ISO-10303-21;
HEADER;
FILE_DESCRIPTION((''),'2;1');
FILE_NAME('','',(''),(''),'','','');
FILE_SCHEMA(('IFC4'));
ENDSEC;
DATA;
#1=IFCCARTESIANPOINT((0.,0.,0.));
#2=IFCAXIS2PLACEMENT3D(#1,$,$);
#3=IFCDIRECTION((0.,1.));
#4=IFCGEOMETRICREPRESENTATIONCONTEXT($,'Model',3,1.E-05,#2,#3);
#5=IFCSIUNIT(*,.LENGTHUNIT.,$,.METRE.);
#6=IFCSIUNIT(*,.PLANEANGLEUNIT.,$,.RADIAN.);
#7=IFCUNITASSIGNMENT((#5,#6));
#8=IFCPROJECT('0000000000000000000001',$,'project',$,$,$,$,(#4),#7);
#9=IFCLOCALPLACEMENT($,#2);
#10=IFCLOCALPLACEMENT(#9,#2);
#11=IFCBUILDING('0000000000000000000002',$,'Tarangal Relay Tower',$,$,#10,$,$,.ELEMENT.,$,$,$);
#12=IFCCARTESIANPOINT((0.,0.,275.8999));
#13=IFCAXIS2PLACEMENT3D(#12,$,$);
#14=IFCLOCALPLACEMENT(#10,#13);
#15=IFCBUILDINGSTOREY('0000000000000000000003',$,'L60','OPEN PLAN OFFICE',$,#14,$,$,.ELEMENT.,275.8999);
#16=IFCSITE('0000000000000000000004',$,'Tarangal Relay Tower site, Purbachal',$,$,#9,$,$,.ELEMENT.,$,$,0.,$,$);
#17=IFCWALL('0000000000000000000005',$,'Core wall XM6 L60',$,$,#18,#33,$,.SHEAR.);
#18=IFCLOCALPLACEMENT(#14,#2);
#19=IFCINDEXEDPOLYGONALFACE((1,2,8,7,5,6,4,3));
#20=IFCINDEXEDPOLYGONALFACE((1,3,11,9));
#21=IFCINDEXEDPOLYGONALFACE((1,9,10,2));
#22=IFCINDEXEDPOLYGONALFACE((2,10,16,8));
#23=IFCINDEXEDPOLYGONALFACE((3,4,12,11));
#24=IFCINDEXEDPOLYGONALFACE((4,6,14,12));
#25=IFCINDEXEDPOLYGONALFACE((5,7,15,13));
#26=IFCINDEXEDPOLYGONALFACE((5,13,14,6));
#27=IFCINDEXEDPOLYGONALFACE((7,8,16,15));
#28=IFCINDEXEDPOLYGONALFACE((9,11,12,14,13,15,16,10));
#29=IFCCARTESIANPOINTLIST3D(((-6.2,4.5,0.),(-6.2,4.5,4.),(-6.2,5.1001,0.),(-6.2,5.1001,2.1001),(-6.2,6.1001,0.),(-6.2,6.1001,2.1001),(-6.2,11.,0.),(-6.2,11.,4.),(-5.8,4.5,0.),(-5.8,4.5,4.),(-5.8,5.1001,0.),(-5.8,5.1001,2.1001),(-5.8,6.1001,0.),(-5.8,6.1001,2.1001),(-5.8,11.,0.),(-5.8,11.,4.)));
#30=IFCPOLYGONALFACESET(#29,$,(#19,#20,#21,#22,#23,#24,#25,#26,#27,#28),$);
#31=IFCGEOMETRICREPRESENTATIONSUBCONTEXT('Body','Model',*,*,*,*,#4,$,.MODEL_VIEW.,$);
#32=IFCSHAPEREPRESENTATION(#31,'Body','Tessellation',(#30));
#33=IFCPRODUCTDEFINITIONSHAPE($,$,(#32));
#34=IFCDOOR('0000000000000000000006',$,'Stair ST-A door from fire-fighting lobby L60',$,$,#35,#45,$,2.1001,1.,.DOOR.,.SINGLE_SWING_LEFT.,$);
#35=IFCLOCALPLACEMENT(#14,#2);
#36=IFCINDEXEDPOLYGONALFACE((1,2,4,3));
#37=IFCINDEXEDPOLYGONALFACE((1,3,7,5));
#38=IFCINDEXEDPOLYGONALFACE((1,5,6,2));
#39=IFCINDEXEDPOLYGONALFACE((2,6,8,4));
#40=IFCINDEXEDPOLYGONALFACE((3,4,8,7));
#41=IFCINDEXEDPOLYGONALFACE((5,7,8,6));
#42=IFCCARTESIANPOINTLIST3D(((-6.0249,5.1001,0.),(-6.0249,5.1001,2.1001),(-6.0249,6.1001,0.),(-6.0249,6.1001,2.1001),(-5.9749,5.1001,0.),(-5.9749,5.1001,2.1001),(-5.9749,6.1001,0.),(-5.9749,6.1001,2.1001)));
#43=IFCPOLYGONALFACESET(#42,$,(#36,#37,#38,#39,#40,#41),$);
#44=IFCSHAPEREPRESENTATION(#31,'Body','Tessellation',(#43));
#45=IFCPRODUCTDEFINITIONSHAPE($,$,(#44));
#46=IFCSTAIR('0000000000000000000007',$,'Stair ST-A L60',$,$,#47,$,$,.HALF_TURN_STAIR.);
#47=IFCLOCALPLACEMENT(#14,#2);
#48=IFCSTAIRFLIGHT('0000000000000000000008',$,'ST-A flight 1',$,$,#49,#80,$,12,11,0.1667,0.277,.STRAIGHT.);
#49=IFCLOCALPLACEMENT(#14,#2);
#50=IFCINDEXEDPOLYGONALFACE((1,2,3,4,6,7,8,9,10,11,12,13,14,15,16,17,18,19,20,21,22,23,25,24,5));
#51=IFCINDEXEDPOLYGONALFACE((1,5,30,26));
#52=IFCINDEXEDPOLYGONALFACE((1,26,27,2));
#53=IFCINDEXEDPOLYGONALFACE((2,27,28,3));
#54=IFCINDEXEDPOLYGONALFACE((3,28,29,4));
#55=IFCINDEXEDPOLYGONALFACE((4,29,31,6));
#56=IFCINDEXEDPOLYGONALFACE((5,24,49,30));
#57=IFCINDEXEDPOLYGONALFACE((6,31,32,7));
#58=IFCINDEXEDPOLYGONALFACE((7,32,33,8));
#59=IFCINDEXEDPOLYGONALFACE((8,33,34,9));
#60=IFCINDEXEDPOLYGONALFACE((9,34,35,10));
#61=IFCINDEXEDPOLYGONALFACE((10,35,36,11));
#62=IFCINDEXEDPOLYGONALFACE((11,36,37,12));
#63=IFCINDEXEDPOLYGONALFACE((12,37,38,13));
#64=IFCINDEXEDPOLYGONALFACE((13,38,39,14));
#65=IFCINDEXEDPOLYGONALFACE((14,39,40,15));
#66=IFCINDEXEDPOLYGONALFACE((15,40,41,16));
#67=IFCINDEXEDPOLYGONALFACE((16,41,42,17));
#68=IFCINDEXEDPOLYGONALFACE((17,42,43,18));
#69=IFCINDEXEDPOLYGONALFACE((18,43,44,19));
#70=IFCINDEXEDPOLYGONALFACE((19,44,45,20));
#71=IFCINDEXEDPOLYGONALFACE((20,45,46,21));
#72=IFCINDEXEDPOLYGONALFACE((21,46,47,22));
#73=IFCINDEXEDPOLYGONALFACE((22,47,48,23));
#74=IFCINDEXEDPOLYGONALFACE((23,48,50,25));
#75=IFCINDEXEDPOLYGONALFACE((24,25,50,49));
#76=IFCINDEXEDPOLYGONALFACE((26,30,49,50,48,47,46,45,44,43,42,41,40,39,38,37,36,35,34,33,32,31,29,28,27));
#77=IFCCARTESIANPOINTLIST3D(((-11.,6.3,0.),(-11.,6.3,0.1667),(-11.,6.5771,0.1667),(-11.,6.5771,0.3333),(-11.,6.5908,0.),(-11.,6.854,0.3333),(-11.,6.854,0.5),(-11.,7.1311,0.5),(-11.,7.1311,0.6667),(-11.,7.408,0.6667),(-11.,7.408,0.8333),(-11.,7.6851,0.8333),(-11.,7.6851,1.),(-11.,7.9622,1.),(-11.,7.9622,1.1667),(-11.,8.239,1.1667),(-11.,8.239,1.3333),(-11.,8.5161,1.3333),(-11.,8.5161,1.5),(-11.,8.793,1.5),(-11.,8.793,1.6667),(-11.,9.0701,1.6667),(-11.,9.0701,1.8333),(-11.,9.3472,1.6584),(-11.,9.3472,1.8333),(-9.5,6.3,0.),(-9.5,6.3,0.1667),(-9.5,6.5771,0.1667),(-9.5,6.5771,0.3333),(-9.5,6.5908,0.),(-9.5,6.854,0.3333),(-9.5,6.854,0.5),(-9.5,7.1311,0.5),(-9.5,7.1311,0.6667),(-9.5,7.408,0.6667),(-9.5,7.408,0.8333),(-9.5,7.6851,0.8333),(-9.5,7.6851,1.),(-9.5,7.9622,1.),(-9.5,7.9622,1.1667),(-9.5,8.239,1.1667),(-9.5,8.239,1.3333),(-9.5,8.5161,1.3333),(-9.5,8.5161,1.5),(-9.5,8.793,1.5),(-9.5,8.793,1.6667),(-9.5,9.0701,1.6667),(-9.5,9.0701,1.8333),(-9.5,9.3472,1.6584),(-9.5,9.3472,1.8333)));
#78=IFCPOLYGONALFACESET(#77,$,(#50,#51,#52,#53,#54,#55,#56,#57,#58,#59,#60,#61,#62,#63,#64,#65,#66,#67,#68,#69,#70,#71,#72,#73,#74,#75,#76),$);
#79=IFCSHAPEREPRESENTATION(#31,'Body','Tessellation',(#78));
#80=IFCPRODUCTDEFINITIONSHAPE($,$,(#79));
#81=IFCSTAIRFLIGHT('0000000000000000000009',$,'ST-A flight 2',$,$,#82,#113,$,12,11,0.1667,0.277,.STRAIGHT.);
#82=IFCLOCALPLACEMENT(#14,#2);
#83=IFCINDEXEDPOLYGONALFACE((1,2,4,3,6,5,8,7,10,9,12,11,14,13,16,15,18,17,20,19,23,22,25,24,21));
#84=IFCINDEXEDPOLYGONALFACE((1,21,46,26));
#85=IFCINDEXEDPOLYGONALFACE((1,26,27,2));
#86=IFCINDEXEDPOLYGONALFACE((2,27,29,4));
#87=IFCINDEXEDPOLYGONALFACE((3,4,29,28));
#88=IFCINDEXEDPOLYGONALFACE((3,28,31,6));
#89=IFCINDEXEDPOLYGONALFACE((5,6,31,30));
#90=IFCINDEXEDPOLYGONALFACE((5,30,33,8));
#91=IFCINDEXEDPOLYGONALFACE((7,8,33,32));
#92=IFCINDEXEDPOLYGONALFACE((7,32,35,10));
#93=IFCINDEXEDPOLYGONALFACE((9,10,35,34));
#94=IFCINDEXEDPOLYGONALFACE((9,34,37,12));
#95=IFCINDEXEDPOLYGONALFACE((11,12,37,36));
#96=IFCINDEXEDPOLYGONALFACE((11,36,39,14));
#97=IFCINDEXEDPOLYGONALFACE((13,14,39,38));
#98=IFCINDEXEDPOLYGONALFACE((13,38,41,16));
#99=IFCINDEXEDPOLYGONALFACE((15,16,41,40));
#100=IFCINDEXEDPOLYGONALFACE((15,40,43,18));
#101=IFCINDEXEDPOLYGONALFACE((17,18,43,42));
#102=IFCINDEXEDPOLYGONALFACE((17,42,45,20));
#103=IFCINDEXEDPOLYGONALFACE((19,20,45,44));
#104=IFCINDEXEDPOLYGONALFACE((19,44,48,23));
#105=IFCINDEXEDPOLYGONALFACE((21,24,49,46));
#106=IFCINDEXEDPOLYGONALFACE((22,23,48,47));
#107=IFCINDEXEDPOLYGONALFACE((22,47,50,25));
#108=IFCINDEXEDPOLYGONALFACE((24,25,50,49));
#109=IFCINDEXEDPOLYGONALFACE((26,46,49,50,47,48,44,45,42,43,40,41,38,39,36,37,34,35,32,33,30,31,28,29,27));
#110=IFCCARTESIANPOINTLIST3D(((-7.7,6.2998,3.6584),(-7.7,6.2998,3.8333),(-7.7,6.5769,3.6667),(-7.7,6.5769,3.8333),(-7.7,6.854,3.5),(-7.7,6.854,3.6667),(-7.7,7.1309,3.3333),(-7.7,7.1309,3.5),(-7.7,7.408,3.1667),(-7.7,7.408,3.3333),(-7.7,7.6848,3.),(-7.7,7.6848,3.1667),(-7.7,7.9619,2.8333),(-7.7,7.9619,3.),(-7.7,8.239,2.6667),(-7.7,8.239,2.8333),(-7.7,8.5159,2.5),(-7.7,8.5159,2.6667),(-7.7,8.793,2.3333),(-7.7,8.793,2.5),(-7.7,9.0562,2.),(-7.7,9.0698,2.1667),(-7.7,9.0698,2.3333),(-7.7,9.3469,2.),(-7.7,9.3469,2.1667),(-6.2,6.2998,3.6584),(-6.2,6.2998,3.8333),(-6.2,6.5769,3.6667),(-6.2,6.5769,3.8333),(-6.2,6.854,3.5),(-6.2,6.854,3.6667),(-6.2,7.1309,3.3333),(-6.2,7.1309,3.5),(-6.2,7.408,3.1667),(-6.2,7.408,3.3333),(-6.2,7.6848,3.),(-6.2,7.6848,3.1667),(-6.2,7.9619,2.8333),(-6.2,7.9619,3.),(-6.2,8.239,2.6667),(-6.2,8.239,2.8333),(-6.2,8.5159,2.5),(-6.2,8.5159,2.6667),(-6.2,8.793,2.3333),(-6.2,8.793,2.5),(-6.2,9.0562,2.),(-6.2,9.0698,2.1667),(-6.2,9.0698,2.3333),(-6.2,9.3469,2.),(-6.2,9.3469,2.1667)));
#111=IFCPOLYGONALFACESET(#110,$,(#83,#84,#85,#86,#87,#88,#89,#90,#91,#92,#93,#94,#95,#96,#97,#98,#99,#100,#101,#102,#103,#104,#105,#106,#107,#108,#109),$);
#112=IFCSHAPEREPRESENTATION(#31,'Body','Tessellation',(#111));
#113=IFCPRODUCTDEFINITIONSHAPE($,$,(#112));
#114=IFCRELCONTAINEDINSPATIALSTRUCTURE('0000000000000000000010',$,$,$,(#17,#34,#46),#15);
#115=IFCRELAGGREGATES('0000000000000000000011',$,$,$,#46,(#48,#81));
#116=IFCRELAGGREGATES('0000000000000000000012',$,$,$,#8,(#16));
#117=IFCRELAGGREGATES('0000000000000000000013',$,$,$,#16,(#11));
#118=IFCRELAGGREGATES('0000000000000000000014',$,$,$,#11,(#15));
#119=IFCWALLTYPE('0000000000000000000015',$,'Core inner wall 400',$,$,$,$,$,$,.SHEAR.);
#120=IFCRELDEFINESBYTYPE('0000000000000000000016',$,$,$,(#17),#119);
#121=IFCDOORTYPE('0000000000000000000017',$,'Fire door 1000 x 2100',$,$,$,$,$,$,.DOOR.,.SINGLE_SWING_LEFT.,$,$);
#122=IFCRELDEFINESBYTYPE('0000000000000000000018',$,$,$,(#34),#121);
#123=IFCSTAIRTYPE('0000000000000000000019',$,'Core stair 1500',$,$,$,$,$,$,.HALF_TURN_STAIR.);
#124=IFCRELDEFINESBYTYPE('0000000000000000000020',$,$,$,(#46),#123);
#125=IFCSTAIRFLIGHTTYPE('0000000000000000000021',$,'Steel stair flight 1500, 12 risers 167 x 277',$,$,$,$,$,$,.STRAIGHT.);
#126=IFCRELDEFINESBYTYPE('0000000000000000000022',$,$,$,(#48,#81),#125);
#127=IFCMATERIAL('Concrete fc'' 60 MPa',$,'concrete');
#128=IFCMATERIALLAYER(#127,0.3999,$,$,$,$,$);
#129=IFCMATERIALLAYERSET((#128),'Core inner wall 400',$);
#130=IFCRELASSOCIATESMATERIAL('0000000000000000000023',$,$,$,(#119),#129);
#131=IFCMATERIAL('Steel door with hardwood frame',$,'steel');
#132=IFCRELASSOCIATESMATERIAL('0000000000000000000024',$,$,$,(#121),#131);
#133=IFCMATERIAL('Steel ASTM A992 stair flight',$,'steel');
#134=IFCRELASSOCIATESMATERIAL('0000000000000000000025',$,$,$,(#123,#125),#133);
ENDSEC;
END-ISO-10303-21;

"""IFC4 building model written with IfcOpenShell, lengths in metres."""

from ifc_helpers import new_model, si_unit, direction, frame, frame_2d, origin, place, context, subcontext, project, spatial, polyline, rectangle, outline, extrude, material, layer, layer_set, type_object, element, fill, aggregate, save


model = new_model("IFC4")

# Units and contexts
model_context = context("Model", 3, precision=1e-05, world=origin(), true_north=direction((0.0, 1.0)))
body_context = subcontext(model_context, "Body", "Model", "MODEL_VIEW")
ifc_project = project(units=[si_unit("LENGTHUNIT", "METRE"), si_unit("PLANEANGLEUNIT", "RADIAN")], contexts=[model_context])

# Site, building, storey
site_placement = place(None, origin())
site = spatial("IfcSite", under=ifc_project, at=site_placement, Name="Tarangal Relay Tower site, Purbachal", CompositionType="ELEMENT", RefElevation=0.0)
building_placement = place(site_placement, origin())
building = spatial("IfcBuilding", under=site, at=building_placement, Name="Tarangal Relay Tower", CompositionType="ELEMENT")
storey_placement = place(building_placement, frame((0.0, 0.0, 275.8999)))
storey = spatial("IfcBuildingStorey", under=building, at=storey_placement, Name="L60", Description="OPEN PLAN OFFICE", CompositionType="ELEMENT", Elevation=275.8999)

# Shared definitions
ifc_material_1 = material(Name="Concrete fc' 60 MPa", Category="concrete")
ifc_layer = layer(ifc_material_1, 0.3999)
ifc_layer_set = layer_set([ifc_layer], Name="Core inner wall 400")
wall_type = type_object("IfcWallType", Name="Core inner wall 400", PredefinedType="SHEAR", material=ifc_layer_set)
ifc_material_2 = material(Name="Steel door with hardwood frame", Category="steel")

# Wall, opening, door
wall_1_placement = place(storey_placement, frame((-6.0, 4.5, 0.0), z_axis=(0.0, 0.0, 1.0), x_axis=(0.0, 1.0, 0.0)))
wall_1 = element("IfcWall", 1, at=wall_1_placement, inside=storey, type_object=wall_type, Name="Core wall XM6 L60", PredefinedType="SHEAR", context=body_context, shape_type="SweptSolid", body=[
    extrude(rectangle(XDim=6.5, YDim=0.3999, at=frame_2d((3.25, 0.0))), origin(), (0.0, 0.0, 1.0), 4.0),
])
opening_1_placement = place(wall_1_placement, frame((0.6001, 0.0, 0.0)))
opening_1 = element("IfcOpeningElement", 2, at=opening_1_placement, cuts=wall_1, PredefinedType="OPENING", context=body_context, shape_type="SweptSolid", body=[
    extrude(rectangle(XDim=1.0, YDim=2.1001, at=frame_2d((0.5, 1.05))), frame((0.0, 0.21, 0.0), z_axis=(0.0, -1.0, 0.0), x_axis=(1.0, 0.0, 0.0)), (0.0, 0.0, 1.0), 0.4199),
])
door_type_1 = type_object("IfcDoorType", Name="Fire door 1000 x 2100", OperationType="SINGLE_SWING_LEFT", PredefinedType="DOOR", material=ifc_material_2)
door_1_placement = place(opening_1_placement, origin())
door_1 = element("IfcDoor", 3, at=door_1_placement, inside=storey, type_object=door_type_1, Name="Stair ST-A door from fire-fighting lobby L60", OperationType="SINGLE_SWING_LEFT", OverallHeight=2.1001, OverallWidth=1.0, PredefinedType="DOOR", context=body_context, shape_type="SweptSolid", body=[
    extrude(rectangle(XDim=1.0, YDim=2.1001, at=frame_2d((0.5, 1.05))), frame((0.0, 0.0249, 0.0), z_axis=(0.0, -1.0, 0.0), x_axis=(1.0, 0.0, 0.0)), (0.0, 0.0, 1.0), 0.05),
])
fill(opening_1, door_1)

# Stair, stair flights
ifc_material_3 = material(Name="Steel ASTM A992 stair flight", Category="steel")
stair_type = type_object("IfcStairType", Name="Core stair 1500", PredefinedType="HALF_TURN_STAIR", material=ifc_material_3)
stair_placement = place(storey_placement, origin())
stair = element("IfcStair", 4, at=stair_placement, inside=storey, type_object=stair_type, Name="Stair ST-A L60", PredefinedType="HALF_TURN_STAIR")
stair_flight_type = type_object("IfcStairFlightType", Name="Steel stair flight 1500, 12 risers 167 x 277", PredefinedType="STRAIGHT", material=ifc_material_3)
stair_flight_1_placement = place(storey_placement, frame((-10.25, 6.3, 0.0), z_axis=(0.0, 0.0, 1.0), x_axis=(0.0, 1.0, 0.0)))
stair_flight_1 = element("IfcStairFlight", 5, at=stair_flight_1_placement, type_object=stair_flight_type, Name="ST-A flight 1", NumberOfRisers=12, NumberOfTreads=11, PredefinedType="STRAIGHT", RiserHeight=0.1667, TreadLength=0.277, context=body_context, shape_type="SweptSolid", body=[
    extrude(outline(polyline([(0.0, 0.0), (0.0, 0.1667), (0.2771, 0.1667), (0.2771, 0.3333), (0.554, 0.3333), (0.554, 0.5), (0.8311, 0.5), (0.8311, 0.6667), (1.1079, 0.6667), (1.1079, 0.8333), (1.385, 0.8333), (1.385, 1.0), (1.6621, 1.0), (1.6621, 1.1667), (1.939, 1.1667), (1.939, 1.3333), (2.2161, 1.3333), (2.2161, 1.5), (2.4929, 1.5), (2.4929, 1.6667), (2.77, 1.6667), (2.77, 1.8333), (3.0471, 1.8333), (3.0471, 2.0), (3.0471, 1.6584), (0.2908, 0.0), (0.0, 0.0)])), frame((0.0, 0.75, 0.0), z_axis=(0.0, -1.0, 0.0), x_axis=(1.0, 0.0, 0.0)), (0.0, 0.0, 1.0), 1.5),
])
stair_flight_2_placement = place(storey_placement, frame((-6.95, 9.3469, 2.0), z_axis=(0.0, 0.0, 1.0), x_axis=(0.0, -1.0, 0.0)))
stair_flight_2 = element("IfcStairFlight", 6, at=stair_flight_2_placement, type_object=stair_flight_type, Name="ST-A flight 2", NumberOfRisers=12, NumberOfTreads=11, PredefinedType="STRAIGHT", RiserHeight=0.1667, TreadLength=0.277, context=body_context, shape_type="SweptSolid", body=[
    extrude(outline(polyline([(0.0, 0.0), (0.0, 0.1667), (0.2771, 0.1667), (0.2771, 0.3333), (0.554, 0.3333), (0.554, 0.5), (0.8311, 0.5), (0.8311, 0.6667), (1.1079, 0.6667), (1.1079, 0.8333), (1.385, 0.8333), (1.385, 1.0), (1.6621, 1.0), (1.6621, 1.1667), (1.939, 1.1667), (1.939, 1.3333), (2.2161, 1.3333), (2.2161, 1.5), (2.4929, 1.5), (2.4929, 1.6667), (2.77, 1.6667), (2.77, 1.8333), (3.0471, 1.8333), (3.0471, 2.0), (3.0471, 1.6584), (0.2908, 0.0), (0.0, 0.0)])), frame((0.0, 0.75, 0.0), z_axis=(0.0, -1.0, 0.0), x_axis=(1.0, 0.0, 0.0)), (0.0, 0.0, 1.0), 1.5),
])
aggregate(stair, [stair_flight_1, stair_flight_2])

save(model, "model.ifc")
